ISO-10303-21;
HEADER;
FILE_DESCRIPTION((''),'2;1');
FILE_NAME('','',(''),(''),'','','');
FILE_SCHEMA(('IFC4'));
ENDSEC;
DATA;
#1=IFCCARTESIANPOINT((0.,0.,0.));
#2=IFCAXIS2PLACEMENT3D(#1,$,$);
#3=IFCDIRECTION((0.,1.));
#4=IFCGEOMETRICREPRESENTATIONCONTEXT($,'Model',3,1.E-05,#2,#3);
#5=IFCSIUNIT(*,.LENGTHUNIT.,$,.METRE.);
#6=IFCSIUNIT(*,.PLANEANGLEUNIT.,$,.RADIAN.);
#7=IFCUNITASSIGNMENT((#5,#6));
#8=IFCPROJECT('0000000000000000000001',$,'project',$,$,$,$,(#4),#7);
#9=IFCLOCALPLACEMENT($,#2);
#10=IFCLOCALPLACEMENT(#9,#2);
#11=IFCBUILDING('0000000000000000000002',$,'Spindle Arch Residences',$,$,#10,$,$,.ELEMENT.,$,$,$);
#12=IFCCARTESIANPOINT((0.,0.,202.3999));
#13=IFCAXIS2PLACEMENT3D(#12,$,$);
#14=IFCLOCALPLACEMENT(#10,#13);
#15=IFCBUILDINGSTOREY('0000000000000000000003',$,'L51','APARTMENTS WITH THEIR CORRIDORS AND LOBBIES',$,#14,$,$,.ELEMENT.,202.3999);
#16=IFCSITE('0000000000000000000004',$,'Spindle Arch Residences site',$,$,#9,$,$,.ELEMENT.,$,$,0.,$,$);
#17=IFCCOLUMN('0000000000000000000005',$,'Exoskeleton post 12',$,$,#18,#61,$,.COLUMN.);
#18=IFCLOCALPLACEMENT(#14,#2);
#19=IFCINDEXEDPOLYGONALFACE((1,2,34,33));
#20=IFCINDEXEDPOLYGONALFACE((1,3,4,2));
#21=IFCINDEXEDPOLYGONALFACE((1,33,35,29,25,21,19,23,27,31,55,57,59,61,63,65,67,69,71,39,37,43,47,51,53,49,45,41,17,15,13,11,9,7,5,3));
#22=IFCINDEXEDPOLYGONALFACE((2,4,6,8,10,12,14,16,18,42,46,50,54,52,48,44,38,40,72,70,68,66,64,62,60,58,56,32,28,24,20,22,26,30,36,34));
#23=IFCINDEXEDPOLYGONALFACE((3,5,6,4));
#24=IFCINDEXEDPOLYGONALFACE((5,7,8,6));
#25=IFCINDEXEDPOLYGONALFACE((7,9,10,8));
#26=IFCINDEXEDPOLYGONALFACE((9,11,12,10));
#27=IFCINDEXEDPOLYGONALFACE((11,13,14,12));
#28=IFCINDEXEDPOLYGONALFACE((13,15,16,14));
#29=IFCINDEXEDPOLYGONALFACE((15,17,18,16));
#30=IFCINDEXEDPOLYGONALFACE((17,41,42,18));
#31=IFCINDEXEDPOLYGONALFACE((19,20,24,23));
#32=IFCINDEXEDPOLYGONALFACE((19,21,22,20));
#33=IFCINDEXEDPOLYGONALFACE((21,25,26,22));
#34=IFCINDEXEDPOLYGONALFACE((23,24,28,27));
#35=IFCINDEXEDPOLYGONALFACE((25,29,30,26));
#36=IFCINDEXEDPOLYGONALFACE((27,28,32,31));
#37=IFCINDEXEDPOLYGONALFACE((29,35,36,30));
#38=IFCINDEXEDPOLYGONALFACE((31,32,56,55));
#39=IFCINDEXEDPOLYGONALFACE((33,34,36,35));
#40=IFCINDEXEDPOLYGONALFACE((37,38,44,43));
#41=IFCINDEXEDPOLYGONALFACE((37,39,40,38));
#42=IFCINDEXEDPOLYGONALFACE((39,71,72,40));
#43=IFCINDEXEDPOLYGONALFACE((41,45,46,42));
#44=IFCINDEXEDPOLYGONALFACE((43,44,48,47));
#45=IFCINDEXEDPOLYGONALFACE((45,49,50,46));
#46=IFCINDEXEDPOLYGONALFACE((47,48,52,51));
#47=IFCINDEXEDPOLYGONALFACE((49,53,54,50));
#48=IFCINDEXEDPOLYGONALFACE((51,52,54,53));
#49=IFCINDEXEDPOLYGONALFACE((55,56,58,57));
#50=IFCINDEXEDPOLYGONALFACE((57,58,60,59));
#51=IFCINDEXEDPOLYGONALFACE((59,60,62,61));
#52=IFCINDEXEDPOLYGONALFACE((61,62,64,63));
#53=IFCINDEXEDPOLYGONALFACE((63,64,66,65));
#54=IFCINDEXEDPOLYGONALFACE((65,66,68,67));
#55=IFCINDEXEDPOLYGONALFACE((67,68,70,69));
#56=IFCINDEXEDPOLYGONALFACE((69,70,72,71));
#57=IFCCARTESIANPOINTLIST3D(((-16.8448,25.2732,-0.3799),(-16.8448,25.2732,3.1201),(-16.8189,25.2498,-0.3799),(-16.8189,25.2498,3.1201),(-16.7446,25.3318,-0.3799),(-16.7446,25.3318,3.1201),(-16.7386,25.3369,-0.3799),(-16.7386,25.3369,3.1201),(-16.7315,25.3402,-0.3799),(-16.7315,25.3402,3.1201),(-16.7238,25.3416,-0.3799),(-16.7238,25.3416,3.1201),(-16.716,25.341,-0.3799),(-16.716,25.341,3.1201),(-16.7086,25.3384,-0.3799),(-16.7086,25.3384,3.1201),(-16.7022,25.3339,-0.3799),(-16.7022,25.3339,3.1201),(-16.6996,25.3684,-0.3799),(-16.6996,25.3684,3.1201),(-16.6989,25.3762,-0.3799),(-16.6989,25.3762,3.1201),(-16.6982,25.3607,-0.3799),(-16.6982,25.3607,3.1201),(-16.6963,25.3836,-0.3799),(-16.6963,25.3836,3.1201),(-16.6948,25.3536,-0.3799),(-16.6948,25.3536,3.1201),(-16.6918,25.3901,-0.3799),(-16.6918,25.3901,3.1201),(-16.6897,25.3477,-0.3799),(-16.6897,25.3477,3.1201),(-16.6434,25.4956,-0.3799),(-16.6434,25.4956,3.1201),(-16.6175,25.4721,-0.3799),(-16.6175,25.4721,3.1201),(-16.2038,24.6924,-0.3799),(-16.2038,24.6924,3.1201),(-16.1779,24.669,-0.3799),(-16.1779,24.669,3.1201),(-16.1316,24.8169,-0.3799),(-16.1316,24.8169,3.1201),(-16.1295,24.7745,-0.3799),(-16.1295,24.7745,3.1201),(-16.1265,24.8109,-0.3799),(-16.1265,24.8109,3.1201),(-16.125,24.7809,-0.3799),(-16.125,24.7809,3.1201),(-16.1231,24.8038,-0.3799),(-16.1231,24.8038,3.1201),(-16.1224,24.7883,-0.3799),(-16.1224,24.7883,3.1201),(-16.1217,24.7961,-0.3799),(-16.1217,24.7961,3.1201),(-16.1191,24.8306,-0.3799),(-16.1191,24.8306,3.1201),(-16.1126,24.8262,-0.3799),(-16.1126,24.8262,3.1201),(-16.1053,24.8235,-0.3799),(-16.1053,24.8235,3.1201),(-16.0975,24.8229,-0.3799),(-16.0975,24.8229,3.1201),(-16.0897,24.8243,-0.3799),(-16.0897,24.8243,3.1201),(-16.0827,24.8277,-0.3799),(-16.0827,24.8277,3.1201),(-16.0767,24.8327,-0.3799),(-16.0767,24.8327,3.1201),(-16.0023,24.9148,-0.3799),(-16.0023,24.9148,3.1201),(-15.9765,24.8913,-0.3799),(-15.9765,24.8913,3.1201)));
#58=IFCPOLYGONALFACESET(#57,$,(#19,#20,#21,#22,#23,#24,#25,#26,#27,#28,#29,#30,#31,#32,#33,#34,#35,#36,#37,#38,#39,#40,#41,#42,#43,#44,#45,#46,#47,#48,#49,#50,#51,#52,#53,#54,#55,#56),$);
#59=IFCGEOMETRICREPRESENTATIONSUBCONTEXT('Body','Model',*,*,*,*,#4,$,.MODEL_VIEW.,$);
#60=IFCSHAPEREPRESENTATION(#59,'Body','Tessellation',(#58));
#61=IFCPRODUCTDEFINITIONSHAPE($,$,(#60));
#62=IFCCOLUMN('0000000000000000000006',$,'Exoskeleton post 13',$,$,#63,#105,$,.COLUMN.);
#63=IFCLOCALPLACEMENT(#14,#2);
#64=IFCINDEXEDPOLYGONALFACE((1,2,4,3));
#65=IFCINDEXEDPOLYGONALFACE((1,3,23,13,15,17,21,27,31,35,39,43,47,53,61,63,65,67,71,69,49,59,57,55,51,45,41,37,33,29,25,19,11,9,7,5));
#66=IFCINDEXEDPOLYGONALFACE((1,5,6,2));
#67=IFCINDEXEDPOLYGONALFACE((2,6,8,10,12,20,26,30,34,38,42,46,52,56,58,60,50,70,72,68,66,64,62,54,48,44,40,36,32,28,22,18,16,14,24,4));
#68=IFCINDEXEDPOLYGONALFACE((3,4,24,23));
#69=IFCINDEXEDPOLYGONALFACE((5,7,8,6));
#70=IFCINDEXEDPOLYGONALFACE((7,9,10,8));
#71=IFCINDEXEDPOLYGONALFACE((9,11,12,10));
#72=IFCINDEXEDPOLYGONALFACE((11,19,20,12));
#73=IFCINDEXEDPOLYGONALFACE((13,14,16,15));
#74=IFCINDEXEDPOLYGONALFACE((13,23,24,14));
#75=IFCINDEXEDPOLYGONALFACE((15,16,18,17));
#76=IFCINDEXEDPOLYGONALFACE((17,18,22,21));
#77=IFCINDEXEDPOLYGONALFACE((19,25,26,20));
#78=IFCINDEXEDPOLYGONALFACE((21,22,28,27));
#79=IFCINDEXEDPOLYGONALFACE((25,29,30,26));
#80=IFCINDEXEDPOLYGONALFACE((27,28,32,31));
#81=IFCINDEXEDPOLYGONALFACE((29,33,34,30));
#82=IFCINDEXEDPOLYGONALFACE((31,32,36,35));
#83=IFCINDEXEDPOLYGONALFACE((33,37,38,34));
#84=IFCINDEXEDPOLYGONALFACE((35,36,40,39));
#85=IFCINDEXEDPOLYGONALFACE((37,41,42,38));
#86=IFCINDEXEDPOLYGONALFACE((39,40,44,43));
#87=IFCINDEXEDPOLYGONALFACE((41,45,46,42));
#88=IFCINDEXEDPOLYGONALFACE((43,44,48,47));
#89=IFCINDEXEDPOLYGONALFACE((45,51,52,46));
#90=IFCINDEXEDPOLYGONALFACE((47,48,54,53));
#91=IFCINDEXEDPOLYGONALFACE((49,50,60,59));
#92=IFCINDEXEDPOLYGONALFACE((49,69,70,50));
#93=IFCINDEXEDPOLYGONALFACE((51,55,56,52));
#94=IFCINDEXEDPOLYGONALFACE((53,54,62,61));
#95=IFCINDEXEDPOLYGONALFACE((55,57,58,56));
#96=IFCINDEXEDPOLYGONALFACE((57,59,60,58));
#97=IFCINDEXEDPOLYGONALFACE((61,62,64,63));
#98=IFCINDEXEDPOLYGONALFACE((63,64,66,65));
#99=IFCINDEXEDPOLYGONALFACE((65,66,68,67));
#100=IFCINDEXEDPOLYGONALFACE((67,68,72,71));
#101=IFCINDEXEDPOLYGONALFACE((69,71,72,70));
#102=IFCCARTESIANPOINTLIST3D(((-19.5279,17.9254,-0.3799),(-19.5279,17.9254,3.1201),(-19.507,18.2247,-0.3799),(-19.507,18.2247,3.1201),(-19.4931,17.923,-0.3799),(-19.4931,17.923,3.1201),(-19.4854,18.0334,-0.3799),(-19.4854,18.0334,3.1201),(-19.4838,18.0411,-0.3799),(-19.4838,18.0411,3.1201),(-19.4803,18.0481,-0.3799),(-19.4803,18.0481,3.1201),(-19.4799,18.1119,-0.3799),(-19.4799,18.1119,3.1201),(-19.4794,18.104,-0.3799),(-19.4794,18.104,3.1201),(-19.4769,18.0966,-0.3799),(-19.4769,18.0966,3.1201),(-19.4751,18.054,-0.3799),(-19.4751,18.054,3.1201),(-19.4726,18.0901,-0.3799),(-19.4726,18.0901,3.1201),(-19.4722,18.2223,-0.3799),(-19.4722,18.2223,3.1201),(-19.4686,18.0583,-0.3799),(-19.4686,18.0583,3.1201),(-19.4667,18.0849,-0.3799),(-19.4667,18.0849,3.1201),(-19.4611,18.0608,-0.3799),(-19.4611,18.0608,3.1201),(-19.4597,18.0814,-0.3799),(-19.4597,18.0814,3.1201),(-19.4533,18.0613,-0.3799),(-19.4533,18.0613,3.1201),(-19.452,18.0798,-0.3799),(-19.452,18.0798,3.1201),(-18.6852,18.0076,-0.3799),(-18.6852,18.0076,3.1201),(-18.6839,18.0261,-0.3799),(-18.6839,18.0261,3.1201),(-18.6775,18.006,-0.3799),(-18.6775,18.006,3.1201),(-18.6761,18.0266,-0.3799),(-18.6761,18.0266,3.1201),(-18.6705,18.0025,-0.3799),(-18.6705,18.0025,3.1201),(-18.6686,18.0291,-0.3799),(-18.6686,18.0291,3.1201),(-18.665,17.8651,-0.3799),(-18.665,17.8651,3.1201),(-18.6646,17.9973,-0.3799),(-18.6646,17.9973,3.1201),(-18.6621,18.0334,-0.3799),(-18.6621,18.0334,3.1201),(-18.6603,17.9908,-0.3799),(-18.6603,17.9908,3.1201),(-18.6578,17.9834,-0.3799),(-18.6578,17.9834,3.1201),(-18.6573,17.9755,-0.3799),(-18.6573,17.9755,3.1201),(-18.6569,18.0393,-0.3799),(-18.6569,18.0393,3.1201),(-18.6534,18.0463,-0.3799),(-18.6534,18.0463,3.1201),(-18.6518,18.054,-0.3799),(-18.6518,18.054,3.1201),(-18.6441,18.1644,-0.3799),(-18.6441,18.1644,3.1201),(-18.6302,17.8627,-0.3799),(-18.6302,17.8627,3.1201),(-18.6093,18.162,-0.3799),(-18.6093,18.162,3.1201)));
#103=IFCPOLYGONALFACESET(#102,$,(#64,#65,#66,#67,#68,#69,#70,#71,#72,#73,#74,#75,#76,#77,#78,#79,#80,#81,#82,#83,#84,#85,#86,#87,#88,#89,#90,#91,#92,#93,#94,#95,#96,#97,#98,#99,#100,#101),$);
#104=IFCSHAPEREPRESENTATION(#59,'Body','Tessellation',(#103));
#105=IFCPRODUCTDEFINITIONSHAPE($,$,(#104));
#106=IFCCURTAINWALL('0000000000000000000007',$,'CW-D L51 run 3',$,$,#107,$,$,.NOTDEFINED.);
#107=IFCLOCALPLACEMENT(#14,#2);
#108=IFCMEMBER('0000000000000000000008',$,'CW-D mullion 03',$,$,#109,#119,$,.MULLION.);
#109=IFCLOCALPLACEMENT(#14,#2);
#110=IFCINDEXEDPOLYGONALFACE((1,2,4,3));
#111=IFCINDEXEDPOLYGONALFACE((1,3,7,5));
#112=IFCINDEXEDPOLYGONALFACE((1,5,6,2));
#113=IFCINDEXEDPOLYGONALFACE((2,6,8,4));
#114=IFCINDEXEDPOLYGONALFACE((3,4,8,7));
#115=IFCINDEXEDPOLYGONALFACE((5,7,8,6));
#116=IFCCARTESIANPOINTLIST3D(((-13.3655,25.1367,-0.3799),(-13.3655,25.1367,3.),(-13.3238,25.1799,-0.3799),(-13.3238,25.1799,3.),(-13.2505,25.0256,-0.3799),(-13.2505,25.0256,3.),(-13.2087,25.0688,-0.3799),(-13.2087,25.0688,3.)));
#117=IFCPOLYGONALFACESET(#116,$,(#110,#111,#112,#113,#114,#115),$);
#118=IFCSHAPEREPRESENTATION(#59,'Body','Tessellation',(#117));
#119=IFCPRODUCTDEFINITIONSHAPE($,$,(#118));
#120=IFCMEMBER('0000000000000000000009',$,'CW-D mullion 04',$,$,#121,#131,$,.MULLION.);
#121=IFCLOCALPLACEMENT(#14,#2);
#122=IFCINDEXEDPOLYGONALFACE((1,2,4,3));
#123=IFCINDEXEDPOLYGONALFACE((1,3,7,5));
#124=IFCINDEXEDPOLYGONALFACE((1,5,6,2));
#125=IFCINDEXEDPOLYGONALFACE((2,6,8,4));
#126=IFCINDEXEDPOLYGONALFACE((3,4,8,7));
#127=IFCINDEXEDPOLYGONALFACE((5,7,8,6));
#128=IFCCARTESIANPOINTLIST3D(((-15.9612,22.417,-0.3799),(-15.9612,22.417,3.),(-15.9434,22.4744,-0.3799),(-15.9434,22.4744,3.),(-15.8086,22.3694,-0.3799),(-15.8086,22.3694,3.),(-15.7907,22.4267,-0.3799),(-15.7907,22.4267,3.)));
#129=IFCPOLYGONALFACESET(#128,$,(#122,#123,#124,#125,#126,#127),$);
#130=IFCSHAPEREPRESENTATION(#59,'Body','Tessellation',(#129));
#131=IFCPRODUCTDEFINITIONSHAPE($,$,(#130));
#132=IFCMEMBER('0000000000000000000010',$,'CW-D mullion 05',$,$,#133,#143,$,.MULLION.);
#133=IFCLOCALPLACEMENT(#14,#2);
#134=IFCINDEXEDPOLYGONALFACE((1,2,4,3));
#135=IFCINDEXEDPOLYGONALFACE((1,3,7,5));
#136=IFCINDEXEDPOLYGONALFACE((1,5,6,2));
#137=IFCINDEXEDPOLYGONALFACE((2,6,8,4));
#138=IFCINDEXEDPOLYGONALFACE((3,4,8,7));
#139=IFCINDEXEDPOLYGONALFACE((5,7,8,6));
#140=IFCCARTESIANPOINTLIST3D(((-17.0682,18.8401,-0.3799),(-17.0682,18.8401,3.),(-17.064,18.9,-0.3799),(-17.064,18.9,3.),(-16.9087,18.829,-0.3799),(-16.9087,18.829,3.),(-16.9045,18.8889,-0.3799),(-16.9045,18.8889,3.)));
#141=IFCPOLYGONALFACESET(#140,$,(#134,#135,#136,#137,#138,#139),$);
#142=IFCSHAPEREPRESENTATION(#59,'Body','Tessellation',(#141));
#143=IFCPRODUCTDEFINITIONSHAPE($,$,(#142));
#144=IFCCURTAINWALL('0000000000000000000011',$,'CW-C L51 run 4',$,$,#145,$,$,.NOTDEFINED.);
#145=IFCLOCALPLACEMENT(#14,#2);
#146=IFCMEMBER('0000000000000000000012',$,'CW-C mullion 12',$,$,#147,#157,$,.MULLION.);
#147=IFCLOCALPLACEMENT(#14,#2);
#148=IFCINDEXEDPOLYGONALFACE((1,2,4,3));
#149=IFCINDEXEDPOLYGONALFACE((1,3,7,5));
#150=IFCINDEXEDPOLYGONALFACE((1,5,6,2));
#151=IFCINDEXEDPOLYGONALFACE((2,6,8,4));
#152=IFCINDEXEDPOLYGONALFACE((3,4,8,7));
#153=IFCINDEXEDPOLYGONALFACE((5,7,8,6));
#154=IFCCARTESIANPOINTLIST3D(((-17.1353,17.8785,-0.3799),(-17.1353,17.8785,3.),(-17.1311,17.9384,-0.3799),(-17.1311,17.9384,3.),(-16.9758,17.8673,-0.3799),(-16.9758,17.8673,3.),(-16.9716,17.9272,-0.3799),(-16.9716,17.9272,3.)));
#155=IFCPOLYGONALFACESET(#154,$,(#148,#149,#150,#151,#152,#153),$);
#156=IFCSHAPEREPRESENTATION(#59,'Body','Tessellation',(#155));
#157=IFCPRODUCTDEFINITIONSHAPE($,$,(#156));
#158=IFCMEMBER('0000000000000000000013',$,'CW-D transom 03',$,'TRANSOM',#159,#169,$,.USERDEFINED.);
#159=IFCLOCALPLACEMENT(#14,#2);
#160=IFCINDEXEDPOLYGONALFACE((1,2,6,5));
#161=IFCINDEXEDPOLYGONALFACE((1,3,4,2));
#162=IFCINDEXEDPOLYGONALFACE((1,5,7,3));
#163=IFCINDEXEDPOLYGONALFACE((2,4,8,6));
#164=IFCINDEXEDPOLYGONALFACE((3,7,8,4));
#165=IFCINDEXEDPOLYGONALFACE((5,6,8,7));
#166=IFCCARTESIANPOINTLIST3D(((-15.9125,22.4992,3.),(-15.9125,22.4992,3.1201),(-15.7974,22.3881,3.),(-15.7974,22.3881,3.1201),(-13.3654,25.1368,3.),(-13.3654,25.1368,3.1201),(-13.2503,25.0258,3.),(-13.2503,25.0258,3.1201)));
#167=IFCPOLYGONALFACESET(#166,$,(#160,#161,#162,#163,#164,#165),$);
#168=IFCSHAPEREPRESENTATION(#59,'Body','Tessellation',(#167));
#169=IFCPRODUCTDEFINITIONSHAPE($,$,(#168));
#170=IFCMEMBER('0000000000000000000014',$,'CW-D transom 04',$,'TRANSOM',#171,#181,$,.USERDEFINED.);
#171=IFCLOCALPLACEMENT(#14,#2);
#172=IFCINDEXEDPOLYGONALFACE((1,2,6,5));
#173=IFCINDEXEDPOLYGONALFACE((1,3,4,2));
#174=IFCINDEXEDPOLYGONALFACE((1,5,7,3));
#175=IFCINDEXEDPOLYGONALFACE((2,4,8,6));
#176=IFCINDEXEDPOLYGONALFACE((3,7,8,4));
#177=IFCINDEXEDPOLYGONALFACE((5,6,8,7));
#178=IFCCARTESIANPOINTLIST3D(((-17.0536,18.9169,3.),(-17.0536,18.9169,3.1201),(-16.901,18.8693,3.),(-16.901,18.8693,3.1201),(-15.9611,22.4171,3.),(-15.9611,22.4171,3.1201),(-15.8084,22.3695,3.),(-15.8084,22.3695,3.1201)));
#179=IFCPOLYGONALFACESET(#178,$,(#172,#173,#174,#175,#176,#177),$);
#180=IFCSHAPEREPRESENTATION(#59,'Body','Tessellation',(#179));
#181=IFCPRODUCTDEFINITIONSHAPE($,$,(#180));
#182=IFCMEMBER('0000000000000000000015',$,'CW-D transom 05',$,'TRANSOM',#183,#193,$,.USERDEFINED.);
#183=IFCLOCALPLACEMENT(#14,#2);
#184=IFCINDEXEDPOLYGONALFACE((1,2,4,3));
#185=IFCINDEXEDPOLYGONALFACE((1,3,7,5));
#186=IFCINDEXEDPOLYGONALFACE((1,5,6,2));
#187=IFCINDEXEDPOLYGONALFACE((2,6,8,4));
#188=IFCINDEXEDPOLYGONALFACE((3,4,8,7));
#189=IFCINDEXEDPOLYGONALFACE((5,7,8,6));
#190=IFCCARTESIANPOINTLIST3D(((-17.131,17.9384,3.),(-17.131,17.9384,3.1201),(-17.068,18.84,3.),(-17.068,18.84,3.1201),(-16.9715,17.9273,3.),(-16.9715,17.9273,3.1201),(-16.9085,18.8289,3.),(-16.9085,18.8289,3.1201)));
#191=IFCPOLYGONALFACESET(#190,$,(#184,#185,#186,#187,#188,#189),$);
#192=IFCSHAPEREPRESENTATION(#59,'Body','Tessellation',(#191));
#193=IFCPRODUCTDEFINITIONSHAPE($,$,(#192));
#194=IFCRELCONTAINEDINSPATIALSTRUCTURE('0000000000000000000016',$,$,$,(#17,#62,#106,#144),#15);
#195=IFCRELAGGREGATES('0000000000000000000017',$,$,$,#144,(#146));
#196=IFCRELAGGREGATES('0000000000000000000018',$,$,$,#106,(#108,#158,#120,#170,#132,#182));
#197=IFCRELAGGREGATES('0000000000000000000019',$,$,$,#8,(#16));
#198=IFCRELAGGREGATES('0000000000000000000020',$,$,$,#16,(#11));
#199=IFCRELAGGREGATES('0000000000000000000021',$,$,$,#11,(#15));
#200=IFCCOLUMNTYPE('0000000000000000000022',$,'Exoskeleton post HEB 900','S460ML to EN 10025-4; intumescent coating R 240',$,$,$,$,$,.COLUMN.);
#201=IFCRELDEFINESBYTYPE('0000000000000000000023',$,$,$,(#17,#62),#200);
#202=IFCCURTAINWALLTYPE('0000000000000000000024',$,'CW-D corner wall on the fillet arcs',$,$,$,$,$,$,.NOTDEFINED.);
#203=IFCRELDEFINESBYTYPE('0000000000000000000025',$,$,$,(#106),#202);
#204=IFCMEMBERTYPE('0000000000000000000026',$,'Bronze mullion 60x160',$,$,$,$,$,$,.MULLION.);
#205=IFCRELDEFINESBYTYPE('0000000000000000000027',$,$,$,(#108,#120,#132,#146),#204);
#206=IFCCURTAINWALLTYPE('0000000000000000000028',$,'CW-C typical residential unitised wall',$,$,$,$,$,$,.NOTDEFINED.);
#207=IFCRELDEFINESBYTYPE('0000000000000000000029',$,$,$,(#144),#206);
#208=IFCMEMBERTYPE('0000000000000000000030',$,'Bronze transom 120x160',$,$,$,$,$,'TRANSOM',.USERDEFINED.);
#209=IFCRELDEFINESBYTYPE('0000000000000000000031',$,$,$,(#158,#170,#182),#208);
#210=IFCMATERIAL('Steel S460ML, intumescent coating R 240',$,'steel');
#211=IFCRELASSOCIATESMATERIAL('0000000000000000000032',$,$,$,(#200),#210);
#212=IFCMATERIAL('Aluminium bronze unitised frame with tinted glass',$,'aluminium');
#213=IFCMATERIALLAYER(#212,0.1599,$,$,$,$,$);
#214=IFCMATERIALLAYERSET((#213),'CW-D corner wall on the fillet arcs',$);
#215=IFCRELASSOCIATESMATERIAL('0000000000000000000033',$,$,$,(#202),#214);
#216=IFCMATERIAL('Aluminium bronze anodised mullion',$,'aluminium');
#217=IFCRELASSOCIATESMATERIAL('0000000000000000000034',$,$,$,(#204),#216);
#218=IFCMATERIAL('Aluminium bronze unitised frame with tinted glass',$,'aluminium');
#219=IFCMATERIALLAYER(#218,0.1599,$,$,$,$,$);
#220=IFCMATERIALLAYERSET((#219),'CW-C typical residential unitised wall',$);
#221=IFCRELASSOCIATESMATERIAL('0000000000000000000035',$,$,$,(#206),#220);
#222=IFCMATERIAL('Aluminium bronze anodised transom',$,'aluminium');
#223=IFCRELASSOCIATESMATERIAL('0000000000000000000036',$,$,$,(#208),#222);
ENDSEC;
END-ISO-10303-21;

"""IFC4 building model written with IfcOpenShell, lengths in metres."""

from ifc_helpers import new_model, si_unit, direction, frame, origin, origin_2d, place, context, subcontext, project, spatial, rectangle, i_section, extrude, material, layer, layer_set, material_profile, profile_set, type_object, element, aggregate, save


model = new_model("IFC4")

# Units and contexts
model_context = context("Model", 3, precision=1e-05, world=origin(), true_north=direction((0.0, 1.0)))
body_context = subcontext(model_context, "Body", "Model", "MODEL_VIEW")
ifc_project = project(units=[si_unit("LENGTHUNIT", "METRE"), si_unit("PLANEANGLEUNIT", "RADIAN")], contexts=[model_context])

# Site, building, storey
site_placement = place(None, origin())
site = spatial("IfcSite", under=ifc_project, at=site_placement, Name="Spindle Arch Residences site", CompositionType="ELEMENT", RefElevation=0.0)
building_placement = place(site_placement, origin())
building = spatial("IfcBuilding", under=site, at=building_placement, Name="Spindle Arch Residences", CompositionType="ELEMENT")
storey_placement = place(building_placement, frame((0.0, 0.0, 202.3999)))
storey = spatial("IfcBuildingStorey", under=building, at=storey_placement, Name="L51", Description="APARTMENTS WITH THEIR CORRIDORS AND LOBBIES", CompositionType="ELEMENT", Elevation=202.3999)

# Columns
ifc_material_1 = material(Name="Steel S460ML, intumescent coating R 240", Category="steel")
ifc_material_profile_1 = material_profile(ifc_material_1, i_section(OverallWidth=0.3, OverallDepth=0.8999, WebThickness=0.0186, FlangeThickness=0.0349, FilletRadius=0.03, at=origin_2d()), Name="HEB 900")
ifc_profile_set_1 = profile_set([ifc_material_profile_1], Name="Steel S460ML, intumescent coating R 240")
column_type = type_object("IfcColumnType", Name="Exoskeleton post HEB 900", Description="S460ML to EN 10025-4; intumescent coating R 240", PredefinedType="COLUMN", material=ifc_profile_set_1)
for number, where, z_axis, x_axis, name in (
    (1, (-16.4106, 25.0823, -0.3799), (0.0, 0.0, 1.0), (0.671428, 0.74107, 0.0), "Exoskeleton post 12"),
    (2, (-19.0686, 18.0437, -0.3799), (0.0, 0.0, 1.0), (0.069756, 0.997564, 0.0), "Exoskeleton post 13"),
):
    element("IfcColumn", number, at=place(storey_placement, frame(where, z_axis=z_axis, x_axis=x_axis)), inside=storey, type_object=column_type, Name=name, PredefinedType="COLUMN", context=body_context, shape_type="SweptSolid", body=[
        extrude(i_section(OverallWidth=0.3, OverallDepth=0.8999, WebThickness=0.0186, FlangeThickness=0.0349, FilletRadius=0.03, at=origin_2d()), origin(), (0.0, 0.0, 1.0), 3.5),
    ])

# Curtain wall, members
ifc_material_2 = material(Name="Aluminium bronze unitised frame with tinted glass", Category="aluminium")
ifc_layer_1 = layer(ifc_material_2, 0.1599)
ifc_layer_set_1 = layer_set([ifc_layer_1], Name="CW-D corner wall on the fillet arcs")
curtain_wall_type_1 = type_object("IfcCurtainWallType", Name="CW-D corner wall on the fillet arcs", PredefinedType="NOTDEFINED", material=ifc_layer_set_1)
curtain_wall_1_placement = place(storey_placement, origin())
curtain_wall_1 = element("IfcCurtainWall", 3, at=curtain_wall_1_placement, inside=storey, type_object=curtain_wall_type_1, Name="CW-D L51 run 3", PredefinedType="NOTDEFINED")
ifc_material_3 = material(Name="Aluminium bronze anodised mullion", Category="aluminium")
ifc_material_profile_2 = material_profile(ifc_material_3, rectangle(XDim=0.1599, YDim=0.0601, at=origin_2d()), Name="MU 60x160")
ifc_profile_set_2 = profile_set([ifc_material_profile_2], Name="Aluminium bronze anodised mullion")
member_type_1 = type_object("IfcMemberType", Name="Bronze mullion 60x160", PredefinedType="MULLION", material=ifc_profile_set_2)
member_1_placement = place(storey_placement, frame((-13.2871, 25.1028, -0.3799), z_axis=(0.0, 0.0, 1.0), x_axis=(0.71934, -0.694658, 0.0)))
member_1 = element("IfcMember", 4, at=member_1_placement, type_object=member_type_1, Name="CW-D mullion 03", PredefinedType="MULLION", context=body_context, shape_type="SweptSolid", body=[
    extrude(rectangle(XDim=0.1599, YDim=0.0601, at=origin_2d()), origin(), (0.0, 0.0, 1.0), 3.3799),
])
member_2_placement = place(storey_placement, frame((-15.876, 22.4219, -0.3799), z_axis=(0.0, 0.0, 1.0), x_axis=(0.954588, -0.29793, 0.0)))
member_2 = element("IfcMember", 5, at=member_2_placement, type_object=member_type_1, Name="CW-D mullion 04", PredefinedType="MULLION", context=body_context, shape_type="SweptSolid", body=[
    extrude(rectangle(XDim=0.1599, YDim=0.0601, at=origin_2d()), origin(), (0.0, 0.0, 1.0), 3.3799),
])
member_3_placement = place(storey_placement, frame((-16.9863, 18.8645, -0.3799), z_axis=(0.0, 0.0, 1.0), x_axis=(0.997564, -0.069756, 0.0)))
member_3 = element("IfcMember", 6, at=member_3_placement, type_object=member_type_1, Name="CW-D mullion 05", PredefinedType="MULLION", context=body_context, shape_type="SweptSolid", body=[
    extrude(rectangle(XDim=0.1599, YDim=0.0601, at=origin_2d()), origin(), (0.0, 0.0, 1.0), 3.3799),
])

# Curtain wall, member
ifc_material_4 = material(Name="Aluminium bronze unitised frame with tinted glass", Category="aluminium")
ifc_layer_2 = layer(ifc_material_4, 0.1599)
ifc_layer_set_2 = layer_set([ifc_layer_2], Name="CW-C typical residential unitised wall")
curtain_wall_type_2 = type_object("IfcCurtainWallType", Name="CW-C typical residential unitised wall", PredefinedType="NOTDEFINED", material=ifc_layer_set_2)
curtain_wall_2_placement = place(storey_placement, origin())
curtain_wall_2 = element("IfcCurtainWall", 7, at=curtain_wall_2_placement, inside=storey, type_object=curtain_wall_type_2, Name="CW-C L51 run 4", PredefinedType="NOTDEFINED")
member_4_placement = place(storey_placement, frame((-17.0535, 17.9028, -0.3799), z_axis=(0.0, 0.0, 1.0), x_axis=(0.997564, -0.069756, 0.0)))
member_4 = element("IfcMember", 8, at=member_4_placement, type_object=member_type_1, Name="CW-C mullion 12", PredefinedType="MULLION", context=body_context, shape_type="SweptSolid", body=[
    extrude(rectangle(XDim=0.1599, YDim=0.0601, at=origin_2d()), origin(), (0.0, 0.0, 1.0), 3.3799),
])
aggregate(curtain_wall_2, [member_4])

# Members
ifc_material_5 = material(Name="Aluminium bronze anodised transom", Category="aluminium")
ifc_material_profile_3 = material_profile(ifc_material_5, rectangle(XDim=0.1599, YDim=0.1201, at=origin_2d()), Name="TR 120x160")
ifc_profile_set_3 = profile_set([ifc_material_profile_3], Name="Aluminium bronze anodised transom")
member_type_2 = type_object("IfcMemberType", Name="Bronze transom 120x160", ElementType="TRANSOM", PredefinedType="USERDEFINED", material=ifc_profile_set_3)
member_5_placement = place(storey_placement, frame((-13.3079, 25.0813, 3.0601), z_axis=(-0.694648, -0.71935, 0.0), x_axis=(0.71935, -0.694648, 0.0)))
member_5 = element("IfcMember", 9, at=member_5_placement, type_object=member_type_2, Name="CW-D transom 03", ObjectType="TRANSOM", PredefinedType="USERDEFINED", context=body_context, shape_type="SweptSolid", body=[
    extrude(rectangle(XDim=0.1599, YDim=0.1201, at=origin_2d()), origin(), (0.0, 0.0, 1.0), 3.6667),
])
member_6_placement = place(storey_placement, frame((-15.8848, 22.3933, 3.0601), z_axis=(-0.297953, -0.954581, 0.0), x_axis=(0.954581, -0.297953, 0.0)))
member_6 = element("IfcMember", 10, at=member_6_placement, type_object=member_type_2, Name="CW-D transom 04", ObjectType="TRANSOM", PredefinedType="USERDEFINED", context=body_context, shape_type="SweptSolid", body=[
    extrude(rectangle(XDim=0.1599, YDim=0.1201, at=origin_2d()), origin(), (0.0, 0.0, 1.0), 3.6667),
])
member_7_placement = place(storey_placement, frame((-16.9883, 18.8345, 3.0601), z_axis=(-0.069692, -0.997569, 0.0), x_axis=(0.997569, -0.069692, 0.0)))
member_7 = element("IfcMember", 11, at=member_7_placement, type_object=member_type_2, Name="CW-D transom 05", ObjectType="TRANSOM", PredefinedType="USERDEFINED", context=body_context, shape_type="SweptSolid", body=[
    extrude(rectangle(XDim=0.1599, YDim=0.1201, at=origin_2d()), origin(), (0.0, 0.0, 1.0), 0.9038),
])

aggregate(curtain_wall_1, [member_1, member_5, member_2, member_6, member_3, member_7])

save(model, "model.ifc")
